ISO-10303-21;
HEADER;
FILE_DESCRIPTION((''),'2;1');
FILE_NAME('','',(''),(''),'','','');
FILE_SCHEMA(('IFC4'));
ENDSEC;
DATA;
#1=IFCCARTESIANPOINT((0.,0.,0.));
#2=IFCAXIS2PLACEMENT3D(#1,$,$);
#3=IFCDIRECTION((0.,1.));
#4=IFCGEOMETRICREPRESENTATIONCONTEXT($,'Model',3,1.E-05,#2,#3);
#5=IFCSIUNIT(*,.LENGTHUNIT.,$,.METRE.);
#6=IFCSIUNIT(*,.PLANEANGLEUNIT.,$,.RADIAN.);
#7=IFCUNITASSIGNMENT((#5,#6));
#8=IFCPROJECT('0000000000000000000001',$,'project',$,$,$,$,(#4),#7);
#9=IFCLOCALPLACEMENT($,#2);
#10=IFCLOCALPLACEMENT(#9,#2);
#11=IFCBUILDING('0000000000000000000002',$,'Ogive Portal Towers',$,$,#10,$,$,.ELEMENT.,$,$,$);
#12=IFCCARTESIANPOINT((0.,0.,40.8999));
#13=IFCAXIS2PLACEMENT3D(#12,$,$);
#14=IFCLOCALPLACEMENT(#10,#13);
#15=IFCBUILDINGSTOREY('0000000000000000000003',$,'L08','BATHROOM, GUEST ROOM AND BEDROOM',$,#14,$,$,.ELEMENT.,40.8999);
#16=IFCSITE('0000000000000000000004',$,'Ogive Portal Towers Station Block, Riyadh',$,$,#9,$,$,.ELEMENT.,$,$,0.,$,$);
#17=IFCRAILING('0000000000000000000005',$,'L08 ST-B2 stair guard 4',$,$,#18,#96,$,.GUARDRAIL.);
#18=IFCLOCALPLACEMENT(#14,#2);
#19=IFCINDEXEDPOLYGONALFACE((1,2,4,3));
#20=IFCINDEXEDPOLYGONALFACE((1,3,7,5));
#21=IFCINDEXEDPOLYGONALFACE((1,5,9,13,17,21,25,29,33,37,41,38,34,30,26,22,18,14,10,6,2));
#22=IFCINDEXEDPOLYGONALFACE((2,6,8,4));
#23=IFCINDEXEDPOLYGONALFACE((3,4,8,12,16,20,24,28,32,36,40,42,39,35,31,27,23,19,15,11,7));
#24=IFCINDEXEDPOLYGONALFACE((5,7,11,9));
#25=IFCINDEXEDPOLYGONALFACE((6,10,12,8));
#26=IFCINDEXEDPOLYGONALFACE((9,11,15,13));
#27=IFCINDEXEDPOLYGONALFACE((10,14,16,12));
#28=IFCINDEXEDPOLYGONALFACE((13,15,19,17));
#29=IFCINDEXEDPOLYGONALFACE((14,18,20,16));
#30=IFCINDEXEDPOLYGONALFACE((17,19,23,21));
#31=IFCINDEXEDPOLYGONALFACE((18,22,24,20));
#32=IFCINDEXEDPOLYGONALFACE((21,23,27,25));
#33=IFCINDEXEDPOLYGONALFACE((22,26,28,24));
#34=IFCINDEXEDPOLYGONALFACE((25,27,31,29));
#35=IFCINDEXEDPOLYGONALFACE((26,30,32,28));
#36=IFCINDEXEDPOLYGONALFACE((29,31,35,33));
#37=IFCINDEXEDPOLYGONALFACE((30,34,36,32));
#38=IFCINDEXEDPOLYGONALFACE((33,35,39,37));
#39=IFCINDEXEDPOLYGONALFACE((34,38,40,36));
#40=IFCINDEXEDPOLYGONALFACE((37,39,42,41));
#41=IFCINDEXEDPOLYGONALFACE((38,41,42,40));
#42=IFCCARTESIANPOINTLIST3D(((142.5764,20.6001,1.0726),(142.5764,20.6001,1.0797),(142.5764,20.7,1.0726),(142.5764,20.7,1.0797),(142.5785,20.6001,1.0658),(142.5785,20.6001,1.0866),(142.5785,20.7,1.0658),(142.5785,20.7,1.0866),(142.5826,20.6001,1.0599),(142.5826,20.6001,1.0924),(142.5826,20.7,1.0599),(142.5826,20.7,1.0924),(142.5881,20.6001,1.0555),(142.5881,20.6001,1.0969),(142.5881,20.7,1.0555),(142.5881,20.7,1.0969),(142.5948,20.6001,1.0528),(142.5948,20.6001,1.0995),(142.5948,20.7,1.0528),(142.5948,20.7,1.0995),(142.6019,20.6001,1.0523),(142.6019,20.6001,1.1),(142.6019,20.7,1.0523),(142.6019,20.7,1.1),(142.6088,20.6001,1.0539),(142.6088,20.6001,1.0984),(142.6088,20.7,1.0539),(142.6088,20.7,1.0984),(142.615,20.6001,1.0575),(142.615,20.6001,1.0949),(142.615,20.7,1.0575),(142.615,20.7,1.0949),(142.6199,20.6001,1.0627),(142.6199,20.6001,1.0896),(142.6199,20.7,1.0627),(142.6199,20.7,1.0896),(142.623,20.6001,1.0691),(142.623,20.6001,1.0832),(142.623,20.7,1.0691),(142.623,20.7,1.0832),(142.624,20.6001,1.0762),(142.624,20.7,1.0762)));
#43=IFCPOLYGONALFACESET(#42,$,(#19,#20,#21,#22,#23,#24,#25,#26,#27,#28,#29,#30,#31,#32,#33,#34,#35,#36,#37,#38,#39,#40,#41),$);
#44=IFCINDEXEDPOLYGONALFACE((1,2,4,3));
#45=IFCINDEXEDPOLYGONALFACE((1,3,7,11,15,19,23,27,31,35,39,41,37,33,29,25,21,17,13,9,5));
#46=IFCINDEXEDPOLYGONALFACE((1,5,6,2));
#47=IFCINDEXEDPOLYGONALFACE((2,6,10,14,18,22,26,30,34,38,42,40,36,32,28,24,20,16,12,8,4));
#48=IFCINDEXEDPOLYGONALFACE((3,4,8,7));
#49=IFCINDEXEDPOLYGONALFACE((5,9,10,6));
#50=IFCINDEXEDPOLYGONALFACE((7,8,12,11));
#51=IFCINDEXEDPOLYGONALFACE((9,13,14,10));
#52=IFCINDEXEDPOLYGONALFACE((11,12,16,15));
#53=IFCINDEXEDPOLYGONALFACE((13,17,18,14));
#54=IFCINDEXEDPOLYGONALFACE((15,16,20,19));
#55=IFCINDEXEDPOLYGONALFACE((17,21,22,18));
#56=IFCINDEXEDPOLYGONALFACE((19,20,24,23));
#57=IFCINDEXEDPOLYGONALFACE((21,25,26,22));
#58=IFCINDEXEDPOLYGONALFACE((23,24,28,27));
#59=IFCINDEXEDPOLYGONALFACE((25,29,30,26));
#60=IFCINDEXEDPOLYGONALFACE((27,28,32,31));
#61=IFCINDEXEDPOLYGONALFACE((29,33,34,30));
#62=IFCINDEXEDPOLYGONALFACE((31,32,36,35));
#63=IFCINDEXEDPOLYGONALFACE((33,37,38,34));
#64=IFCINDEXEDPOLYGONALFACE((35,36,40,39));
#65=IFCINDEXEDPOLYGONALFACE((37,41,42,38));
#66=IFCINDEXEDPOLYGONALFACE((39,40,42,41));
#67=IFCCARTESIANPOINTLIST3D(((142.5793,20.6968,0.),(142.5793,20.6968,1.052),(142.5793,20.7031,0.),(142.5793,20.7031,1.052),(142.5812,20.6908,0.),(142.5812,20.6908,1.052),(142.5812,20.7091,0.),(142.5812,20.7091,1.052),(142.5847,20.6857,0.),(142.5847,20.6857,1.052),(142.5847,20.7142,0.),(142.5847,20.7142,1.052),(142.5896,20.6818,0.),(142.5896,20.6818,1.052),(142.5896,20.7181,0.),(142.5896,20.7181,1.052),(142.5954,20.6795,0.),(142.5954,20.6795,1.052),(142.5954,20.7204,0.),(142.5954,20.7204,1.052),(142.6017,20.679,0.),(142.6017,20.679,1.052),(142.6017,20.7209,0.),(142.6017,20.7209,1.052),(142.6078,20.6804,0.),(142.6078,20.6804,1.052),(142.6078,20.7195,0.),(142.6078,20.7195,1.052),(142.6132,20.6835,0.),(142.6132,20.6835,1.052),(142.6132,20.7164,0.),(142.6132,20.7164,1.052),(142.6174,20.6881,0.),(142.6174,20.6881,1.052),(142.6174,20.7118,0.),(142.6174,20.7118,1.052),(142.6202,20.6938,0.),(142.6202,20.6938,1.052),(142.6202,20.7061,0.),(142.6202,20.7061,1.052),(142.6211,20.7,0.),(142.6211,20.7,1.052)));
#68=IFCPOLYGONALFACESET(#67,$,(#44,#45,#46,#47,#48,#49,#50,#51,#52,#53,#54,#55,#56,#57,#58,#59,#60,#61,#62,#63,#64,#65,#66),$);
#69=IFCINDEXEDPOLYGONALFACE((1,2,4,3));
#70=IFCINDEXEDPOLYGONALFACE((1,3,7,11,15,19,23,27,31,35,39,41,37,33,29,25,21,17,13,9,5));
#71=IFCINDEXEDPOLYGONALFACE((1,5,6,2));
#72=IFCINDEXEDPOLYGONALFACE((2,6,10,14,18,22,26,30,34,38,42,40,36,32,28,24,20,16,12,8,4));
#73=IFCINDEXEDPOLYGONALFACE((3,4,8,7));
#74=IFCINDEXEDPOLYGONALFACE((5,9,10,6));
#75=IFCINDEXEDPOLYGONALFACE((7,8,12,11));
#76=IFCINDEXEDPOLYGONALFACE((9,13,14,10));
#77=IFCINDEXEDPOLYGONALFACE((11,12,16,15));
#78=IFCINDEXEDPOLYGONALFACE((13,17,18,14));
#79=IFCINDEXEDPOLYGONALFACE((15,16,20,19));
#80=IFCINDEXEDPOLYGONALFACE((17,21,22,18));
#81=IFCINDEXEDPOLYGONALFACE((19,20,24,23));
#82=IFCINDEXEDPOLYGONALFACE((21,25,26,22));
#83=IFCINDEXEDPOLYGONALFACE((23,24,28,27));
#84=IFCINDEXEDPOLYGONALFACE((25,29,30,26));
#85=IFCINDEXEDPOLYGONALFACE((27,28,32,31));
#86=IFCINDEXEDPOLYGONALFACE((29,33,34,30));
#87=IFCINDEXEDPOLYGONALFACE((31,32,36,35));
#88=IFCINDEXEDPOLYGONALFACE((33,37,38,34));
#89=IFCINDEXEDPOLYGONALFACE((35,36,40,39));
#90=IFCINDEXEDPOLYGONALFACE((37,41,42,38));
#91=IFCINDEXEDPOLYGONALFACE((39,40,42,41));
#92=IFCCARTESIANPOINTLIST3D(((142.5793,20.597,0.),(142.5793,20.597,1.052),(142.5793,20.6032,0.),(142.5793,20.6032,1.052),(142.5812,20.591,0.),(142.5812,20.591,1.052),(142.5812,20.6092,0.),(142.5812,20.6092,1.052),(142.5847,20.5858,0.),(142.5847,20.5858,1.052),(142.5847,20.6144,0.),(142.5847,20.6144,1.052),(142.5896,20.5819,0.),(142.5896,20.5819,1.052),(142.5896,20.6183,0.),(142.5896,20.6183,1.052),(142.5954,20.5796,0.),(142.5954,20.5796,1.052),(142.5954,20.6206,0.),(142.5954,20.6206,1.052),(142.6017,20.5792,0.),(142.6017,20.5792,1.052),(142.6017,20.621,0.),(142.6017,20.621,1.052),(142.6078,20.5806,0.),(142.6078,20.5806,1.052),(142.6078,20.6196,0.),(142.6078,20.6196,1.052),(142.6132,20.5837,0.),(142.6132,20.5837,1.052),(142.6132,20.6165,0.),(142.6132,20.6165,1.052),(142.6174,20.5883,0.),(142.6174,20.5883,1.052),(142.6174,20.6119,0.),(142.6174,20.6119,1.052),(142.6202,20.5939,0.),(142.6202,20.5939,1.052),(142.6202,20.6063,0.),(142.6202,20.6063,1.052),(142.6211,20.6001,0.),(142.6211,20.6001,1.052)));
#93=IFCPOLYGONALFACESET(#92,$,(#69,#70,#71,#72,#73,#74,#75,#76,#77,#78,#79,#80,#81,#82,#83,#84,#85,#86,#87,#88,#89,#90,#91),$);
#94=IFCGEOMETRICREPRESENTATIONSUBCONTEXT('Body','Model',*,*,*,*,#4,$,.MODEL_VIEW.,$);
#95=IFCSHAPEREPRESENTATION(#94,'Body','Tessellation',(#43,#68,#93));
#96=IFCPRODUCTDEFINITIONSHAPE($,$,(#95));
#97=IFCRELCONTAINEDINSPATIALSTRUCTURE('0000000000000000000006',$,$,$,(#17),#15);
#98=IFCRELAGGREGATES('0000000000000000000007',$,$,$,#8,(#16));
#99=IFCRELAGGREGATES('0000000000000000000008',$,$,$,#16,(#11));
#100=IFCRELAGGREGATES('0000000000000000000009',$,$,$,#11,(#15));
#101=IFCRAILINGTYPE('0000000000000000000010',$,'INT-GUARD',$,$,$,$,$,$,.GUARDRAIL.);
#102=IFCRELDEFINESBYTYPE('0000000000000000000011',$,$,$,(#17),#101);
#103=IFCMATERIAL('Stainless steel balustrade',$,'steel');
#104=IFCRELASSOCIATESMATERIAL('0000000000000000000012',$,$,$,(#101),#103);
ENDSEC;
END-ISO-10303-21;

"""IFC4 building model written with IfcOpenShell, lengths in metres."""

from ifc_helpers import new_model, si_unit, direction, frame, origin, origin_2d, place, context, subcontext, project, spatial, circle, extrude, material, type_object, element, save


model = new_model("IFC4")

# Units and contexts
model_context = context("Model", 3, precision=1e-05, world=origin(), true_north=direction((0.0, 1.0)))
body_context = subcontext(model_context, "Body", "Model", "MODEL_VIEW")
ifc_project = project(units=[si_unit("LENGTHUNIT", "METRE"), si_unit("PLANEANGLEUNIT", "RADIAN")], contexts=[model_context])

# Site, building, storey
site_placement = place(None, origin())
site = spatial("IfcSite", under=ifc_project, at=site_placement, Name="Ogive Portal Towers Station Block, Riyadh", CompositionType="ELEMENT", RefElevation=0.0)
building_placement = place(site_placement, origin())
building = spatial("IfcBuilding", under=site, at=building_placement, Name="Ogive Portal Towers", CompositionType="ELEMENT")
storey_placement = place(building_placement, frame((0.0, 0.0, 40.8999)))
storey = spatial("IfcBuildingStorey", under=building, at=storey_placement, Name="L08", Description="BATHROOM, GUEST ROOM AND BEDROOM", CompositionType="ELEMENT", Elevation=40.8999)

# Railing
ifc_material_1 = material(Name="Stainless steel balustrade", Category="steel")
railing_type_1 = type_object("IfcRailingType", Name="INT-GUARD", PredefinedType="GUARDRAIL", material=ifc_material_1)
railing_1_placement = place(storey_placement, frame((142.6001, 20.7, 0.0)))
element("IfcRailing", 1, at=railing_1_placement, inside=storey, type_object=railing_type_1, Name="L08 ST-B2 stair guard 4", PredefinedType="GUARDRAIL", context=body_context, shape_type="SweptSolid", body=[
    extrude(circle(Radius=0.0239, at=origin_2d()), frame((0.0, 0.0, 1.0762), z_axis=(0.0, -1.0, 0.0), x_axis=(1.0, 0.0, 0.0)), (0.0, 0.0, 1.0), 0.0999),
    extrude(circle(Radius=0.021, at=origin_2d()), origin(), (0.0, 0.0, 1.0), 1.052),
    extrude(circle(Radius=0.021, at=origin_2d()), frame((0.0, -0.0999, 0.0)), (0.0, 0.0, 1.0), 1.052),
])

save(model, "model.ifc")
